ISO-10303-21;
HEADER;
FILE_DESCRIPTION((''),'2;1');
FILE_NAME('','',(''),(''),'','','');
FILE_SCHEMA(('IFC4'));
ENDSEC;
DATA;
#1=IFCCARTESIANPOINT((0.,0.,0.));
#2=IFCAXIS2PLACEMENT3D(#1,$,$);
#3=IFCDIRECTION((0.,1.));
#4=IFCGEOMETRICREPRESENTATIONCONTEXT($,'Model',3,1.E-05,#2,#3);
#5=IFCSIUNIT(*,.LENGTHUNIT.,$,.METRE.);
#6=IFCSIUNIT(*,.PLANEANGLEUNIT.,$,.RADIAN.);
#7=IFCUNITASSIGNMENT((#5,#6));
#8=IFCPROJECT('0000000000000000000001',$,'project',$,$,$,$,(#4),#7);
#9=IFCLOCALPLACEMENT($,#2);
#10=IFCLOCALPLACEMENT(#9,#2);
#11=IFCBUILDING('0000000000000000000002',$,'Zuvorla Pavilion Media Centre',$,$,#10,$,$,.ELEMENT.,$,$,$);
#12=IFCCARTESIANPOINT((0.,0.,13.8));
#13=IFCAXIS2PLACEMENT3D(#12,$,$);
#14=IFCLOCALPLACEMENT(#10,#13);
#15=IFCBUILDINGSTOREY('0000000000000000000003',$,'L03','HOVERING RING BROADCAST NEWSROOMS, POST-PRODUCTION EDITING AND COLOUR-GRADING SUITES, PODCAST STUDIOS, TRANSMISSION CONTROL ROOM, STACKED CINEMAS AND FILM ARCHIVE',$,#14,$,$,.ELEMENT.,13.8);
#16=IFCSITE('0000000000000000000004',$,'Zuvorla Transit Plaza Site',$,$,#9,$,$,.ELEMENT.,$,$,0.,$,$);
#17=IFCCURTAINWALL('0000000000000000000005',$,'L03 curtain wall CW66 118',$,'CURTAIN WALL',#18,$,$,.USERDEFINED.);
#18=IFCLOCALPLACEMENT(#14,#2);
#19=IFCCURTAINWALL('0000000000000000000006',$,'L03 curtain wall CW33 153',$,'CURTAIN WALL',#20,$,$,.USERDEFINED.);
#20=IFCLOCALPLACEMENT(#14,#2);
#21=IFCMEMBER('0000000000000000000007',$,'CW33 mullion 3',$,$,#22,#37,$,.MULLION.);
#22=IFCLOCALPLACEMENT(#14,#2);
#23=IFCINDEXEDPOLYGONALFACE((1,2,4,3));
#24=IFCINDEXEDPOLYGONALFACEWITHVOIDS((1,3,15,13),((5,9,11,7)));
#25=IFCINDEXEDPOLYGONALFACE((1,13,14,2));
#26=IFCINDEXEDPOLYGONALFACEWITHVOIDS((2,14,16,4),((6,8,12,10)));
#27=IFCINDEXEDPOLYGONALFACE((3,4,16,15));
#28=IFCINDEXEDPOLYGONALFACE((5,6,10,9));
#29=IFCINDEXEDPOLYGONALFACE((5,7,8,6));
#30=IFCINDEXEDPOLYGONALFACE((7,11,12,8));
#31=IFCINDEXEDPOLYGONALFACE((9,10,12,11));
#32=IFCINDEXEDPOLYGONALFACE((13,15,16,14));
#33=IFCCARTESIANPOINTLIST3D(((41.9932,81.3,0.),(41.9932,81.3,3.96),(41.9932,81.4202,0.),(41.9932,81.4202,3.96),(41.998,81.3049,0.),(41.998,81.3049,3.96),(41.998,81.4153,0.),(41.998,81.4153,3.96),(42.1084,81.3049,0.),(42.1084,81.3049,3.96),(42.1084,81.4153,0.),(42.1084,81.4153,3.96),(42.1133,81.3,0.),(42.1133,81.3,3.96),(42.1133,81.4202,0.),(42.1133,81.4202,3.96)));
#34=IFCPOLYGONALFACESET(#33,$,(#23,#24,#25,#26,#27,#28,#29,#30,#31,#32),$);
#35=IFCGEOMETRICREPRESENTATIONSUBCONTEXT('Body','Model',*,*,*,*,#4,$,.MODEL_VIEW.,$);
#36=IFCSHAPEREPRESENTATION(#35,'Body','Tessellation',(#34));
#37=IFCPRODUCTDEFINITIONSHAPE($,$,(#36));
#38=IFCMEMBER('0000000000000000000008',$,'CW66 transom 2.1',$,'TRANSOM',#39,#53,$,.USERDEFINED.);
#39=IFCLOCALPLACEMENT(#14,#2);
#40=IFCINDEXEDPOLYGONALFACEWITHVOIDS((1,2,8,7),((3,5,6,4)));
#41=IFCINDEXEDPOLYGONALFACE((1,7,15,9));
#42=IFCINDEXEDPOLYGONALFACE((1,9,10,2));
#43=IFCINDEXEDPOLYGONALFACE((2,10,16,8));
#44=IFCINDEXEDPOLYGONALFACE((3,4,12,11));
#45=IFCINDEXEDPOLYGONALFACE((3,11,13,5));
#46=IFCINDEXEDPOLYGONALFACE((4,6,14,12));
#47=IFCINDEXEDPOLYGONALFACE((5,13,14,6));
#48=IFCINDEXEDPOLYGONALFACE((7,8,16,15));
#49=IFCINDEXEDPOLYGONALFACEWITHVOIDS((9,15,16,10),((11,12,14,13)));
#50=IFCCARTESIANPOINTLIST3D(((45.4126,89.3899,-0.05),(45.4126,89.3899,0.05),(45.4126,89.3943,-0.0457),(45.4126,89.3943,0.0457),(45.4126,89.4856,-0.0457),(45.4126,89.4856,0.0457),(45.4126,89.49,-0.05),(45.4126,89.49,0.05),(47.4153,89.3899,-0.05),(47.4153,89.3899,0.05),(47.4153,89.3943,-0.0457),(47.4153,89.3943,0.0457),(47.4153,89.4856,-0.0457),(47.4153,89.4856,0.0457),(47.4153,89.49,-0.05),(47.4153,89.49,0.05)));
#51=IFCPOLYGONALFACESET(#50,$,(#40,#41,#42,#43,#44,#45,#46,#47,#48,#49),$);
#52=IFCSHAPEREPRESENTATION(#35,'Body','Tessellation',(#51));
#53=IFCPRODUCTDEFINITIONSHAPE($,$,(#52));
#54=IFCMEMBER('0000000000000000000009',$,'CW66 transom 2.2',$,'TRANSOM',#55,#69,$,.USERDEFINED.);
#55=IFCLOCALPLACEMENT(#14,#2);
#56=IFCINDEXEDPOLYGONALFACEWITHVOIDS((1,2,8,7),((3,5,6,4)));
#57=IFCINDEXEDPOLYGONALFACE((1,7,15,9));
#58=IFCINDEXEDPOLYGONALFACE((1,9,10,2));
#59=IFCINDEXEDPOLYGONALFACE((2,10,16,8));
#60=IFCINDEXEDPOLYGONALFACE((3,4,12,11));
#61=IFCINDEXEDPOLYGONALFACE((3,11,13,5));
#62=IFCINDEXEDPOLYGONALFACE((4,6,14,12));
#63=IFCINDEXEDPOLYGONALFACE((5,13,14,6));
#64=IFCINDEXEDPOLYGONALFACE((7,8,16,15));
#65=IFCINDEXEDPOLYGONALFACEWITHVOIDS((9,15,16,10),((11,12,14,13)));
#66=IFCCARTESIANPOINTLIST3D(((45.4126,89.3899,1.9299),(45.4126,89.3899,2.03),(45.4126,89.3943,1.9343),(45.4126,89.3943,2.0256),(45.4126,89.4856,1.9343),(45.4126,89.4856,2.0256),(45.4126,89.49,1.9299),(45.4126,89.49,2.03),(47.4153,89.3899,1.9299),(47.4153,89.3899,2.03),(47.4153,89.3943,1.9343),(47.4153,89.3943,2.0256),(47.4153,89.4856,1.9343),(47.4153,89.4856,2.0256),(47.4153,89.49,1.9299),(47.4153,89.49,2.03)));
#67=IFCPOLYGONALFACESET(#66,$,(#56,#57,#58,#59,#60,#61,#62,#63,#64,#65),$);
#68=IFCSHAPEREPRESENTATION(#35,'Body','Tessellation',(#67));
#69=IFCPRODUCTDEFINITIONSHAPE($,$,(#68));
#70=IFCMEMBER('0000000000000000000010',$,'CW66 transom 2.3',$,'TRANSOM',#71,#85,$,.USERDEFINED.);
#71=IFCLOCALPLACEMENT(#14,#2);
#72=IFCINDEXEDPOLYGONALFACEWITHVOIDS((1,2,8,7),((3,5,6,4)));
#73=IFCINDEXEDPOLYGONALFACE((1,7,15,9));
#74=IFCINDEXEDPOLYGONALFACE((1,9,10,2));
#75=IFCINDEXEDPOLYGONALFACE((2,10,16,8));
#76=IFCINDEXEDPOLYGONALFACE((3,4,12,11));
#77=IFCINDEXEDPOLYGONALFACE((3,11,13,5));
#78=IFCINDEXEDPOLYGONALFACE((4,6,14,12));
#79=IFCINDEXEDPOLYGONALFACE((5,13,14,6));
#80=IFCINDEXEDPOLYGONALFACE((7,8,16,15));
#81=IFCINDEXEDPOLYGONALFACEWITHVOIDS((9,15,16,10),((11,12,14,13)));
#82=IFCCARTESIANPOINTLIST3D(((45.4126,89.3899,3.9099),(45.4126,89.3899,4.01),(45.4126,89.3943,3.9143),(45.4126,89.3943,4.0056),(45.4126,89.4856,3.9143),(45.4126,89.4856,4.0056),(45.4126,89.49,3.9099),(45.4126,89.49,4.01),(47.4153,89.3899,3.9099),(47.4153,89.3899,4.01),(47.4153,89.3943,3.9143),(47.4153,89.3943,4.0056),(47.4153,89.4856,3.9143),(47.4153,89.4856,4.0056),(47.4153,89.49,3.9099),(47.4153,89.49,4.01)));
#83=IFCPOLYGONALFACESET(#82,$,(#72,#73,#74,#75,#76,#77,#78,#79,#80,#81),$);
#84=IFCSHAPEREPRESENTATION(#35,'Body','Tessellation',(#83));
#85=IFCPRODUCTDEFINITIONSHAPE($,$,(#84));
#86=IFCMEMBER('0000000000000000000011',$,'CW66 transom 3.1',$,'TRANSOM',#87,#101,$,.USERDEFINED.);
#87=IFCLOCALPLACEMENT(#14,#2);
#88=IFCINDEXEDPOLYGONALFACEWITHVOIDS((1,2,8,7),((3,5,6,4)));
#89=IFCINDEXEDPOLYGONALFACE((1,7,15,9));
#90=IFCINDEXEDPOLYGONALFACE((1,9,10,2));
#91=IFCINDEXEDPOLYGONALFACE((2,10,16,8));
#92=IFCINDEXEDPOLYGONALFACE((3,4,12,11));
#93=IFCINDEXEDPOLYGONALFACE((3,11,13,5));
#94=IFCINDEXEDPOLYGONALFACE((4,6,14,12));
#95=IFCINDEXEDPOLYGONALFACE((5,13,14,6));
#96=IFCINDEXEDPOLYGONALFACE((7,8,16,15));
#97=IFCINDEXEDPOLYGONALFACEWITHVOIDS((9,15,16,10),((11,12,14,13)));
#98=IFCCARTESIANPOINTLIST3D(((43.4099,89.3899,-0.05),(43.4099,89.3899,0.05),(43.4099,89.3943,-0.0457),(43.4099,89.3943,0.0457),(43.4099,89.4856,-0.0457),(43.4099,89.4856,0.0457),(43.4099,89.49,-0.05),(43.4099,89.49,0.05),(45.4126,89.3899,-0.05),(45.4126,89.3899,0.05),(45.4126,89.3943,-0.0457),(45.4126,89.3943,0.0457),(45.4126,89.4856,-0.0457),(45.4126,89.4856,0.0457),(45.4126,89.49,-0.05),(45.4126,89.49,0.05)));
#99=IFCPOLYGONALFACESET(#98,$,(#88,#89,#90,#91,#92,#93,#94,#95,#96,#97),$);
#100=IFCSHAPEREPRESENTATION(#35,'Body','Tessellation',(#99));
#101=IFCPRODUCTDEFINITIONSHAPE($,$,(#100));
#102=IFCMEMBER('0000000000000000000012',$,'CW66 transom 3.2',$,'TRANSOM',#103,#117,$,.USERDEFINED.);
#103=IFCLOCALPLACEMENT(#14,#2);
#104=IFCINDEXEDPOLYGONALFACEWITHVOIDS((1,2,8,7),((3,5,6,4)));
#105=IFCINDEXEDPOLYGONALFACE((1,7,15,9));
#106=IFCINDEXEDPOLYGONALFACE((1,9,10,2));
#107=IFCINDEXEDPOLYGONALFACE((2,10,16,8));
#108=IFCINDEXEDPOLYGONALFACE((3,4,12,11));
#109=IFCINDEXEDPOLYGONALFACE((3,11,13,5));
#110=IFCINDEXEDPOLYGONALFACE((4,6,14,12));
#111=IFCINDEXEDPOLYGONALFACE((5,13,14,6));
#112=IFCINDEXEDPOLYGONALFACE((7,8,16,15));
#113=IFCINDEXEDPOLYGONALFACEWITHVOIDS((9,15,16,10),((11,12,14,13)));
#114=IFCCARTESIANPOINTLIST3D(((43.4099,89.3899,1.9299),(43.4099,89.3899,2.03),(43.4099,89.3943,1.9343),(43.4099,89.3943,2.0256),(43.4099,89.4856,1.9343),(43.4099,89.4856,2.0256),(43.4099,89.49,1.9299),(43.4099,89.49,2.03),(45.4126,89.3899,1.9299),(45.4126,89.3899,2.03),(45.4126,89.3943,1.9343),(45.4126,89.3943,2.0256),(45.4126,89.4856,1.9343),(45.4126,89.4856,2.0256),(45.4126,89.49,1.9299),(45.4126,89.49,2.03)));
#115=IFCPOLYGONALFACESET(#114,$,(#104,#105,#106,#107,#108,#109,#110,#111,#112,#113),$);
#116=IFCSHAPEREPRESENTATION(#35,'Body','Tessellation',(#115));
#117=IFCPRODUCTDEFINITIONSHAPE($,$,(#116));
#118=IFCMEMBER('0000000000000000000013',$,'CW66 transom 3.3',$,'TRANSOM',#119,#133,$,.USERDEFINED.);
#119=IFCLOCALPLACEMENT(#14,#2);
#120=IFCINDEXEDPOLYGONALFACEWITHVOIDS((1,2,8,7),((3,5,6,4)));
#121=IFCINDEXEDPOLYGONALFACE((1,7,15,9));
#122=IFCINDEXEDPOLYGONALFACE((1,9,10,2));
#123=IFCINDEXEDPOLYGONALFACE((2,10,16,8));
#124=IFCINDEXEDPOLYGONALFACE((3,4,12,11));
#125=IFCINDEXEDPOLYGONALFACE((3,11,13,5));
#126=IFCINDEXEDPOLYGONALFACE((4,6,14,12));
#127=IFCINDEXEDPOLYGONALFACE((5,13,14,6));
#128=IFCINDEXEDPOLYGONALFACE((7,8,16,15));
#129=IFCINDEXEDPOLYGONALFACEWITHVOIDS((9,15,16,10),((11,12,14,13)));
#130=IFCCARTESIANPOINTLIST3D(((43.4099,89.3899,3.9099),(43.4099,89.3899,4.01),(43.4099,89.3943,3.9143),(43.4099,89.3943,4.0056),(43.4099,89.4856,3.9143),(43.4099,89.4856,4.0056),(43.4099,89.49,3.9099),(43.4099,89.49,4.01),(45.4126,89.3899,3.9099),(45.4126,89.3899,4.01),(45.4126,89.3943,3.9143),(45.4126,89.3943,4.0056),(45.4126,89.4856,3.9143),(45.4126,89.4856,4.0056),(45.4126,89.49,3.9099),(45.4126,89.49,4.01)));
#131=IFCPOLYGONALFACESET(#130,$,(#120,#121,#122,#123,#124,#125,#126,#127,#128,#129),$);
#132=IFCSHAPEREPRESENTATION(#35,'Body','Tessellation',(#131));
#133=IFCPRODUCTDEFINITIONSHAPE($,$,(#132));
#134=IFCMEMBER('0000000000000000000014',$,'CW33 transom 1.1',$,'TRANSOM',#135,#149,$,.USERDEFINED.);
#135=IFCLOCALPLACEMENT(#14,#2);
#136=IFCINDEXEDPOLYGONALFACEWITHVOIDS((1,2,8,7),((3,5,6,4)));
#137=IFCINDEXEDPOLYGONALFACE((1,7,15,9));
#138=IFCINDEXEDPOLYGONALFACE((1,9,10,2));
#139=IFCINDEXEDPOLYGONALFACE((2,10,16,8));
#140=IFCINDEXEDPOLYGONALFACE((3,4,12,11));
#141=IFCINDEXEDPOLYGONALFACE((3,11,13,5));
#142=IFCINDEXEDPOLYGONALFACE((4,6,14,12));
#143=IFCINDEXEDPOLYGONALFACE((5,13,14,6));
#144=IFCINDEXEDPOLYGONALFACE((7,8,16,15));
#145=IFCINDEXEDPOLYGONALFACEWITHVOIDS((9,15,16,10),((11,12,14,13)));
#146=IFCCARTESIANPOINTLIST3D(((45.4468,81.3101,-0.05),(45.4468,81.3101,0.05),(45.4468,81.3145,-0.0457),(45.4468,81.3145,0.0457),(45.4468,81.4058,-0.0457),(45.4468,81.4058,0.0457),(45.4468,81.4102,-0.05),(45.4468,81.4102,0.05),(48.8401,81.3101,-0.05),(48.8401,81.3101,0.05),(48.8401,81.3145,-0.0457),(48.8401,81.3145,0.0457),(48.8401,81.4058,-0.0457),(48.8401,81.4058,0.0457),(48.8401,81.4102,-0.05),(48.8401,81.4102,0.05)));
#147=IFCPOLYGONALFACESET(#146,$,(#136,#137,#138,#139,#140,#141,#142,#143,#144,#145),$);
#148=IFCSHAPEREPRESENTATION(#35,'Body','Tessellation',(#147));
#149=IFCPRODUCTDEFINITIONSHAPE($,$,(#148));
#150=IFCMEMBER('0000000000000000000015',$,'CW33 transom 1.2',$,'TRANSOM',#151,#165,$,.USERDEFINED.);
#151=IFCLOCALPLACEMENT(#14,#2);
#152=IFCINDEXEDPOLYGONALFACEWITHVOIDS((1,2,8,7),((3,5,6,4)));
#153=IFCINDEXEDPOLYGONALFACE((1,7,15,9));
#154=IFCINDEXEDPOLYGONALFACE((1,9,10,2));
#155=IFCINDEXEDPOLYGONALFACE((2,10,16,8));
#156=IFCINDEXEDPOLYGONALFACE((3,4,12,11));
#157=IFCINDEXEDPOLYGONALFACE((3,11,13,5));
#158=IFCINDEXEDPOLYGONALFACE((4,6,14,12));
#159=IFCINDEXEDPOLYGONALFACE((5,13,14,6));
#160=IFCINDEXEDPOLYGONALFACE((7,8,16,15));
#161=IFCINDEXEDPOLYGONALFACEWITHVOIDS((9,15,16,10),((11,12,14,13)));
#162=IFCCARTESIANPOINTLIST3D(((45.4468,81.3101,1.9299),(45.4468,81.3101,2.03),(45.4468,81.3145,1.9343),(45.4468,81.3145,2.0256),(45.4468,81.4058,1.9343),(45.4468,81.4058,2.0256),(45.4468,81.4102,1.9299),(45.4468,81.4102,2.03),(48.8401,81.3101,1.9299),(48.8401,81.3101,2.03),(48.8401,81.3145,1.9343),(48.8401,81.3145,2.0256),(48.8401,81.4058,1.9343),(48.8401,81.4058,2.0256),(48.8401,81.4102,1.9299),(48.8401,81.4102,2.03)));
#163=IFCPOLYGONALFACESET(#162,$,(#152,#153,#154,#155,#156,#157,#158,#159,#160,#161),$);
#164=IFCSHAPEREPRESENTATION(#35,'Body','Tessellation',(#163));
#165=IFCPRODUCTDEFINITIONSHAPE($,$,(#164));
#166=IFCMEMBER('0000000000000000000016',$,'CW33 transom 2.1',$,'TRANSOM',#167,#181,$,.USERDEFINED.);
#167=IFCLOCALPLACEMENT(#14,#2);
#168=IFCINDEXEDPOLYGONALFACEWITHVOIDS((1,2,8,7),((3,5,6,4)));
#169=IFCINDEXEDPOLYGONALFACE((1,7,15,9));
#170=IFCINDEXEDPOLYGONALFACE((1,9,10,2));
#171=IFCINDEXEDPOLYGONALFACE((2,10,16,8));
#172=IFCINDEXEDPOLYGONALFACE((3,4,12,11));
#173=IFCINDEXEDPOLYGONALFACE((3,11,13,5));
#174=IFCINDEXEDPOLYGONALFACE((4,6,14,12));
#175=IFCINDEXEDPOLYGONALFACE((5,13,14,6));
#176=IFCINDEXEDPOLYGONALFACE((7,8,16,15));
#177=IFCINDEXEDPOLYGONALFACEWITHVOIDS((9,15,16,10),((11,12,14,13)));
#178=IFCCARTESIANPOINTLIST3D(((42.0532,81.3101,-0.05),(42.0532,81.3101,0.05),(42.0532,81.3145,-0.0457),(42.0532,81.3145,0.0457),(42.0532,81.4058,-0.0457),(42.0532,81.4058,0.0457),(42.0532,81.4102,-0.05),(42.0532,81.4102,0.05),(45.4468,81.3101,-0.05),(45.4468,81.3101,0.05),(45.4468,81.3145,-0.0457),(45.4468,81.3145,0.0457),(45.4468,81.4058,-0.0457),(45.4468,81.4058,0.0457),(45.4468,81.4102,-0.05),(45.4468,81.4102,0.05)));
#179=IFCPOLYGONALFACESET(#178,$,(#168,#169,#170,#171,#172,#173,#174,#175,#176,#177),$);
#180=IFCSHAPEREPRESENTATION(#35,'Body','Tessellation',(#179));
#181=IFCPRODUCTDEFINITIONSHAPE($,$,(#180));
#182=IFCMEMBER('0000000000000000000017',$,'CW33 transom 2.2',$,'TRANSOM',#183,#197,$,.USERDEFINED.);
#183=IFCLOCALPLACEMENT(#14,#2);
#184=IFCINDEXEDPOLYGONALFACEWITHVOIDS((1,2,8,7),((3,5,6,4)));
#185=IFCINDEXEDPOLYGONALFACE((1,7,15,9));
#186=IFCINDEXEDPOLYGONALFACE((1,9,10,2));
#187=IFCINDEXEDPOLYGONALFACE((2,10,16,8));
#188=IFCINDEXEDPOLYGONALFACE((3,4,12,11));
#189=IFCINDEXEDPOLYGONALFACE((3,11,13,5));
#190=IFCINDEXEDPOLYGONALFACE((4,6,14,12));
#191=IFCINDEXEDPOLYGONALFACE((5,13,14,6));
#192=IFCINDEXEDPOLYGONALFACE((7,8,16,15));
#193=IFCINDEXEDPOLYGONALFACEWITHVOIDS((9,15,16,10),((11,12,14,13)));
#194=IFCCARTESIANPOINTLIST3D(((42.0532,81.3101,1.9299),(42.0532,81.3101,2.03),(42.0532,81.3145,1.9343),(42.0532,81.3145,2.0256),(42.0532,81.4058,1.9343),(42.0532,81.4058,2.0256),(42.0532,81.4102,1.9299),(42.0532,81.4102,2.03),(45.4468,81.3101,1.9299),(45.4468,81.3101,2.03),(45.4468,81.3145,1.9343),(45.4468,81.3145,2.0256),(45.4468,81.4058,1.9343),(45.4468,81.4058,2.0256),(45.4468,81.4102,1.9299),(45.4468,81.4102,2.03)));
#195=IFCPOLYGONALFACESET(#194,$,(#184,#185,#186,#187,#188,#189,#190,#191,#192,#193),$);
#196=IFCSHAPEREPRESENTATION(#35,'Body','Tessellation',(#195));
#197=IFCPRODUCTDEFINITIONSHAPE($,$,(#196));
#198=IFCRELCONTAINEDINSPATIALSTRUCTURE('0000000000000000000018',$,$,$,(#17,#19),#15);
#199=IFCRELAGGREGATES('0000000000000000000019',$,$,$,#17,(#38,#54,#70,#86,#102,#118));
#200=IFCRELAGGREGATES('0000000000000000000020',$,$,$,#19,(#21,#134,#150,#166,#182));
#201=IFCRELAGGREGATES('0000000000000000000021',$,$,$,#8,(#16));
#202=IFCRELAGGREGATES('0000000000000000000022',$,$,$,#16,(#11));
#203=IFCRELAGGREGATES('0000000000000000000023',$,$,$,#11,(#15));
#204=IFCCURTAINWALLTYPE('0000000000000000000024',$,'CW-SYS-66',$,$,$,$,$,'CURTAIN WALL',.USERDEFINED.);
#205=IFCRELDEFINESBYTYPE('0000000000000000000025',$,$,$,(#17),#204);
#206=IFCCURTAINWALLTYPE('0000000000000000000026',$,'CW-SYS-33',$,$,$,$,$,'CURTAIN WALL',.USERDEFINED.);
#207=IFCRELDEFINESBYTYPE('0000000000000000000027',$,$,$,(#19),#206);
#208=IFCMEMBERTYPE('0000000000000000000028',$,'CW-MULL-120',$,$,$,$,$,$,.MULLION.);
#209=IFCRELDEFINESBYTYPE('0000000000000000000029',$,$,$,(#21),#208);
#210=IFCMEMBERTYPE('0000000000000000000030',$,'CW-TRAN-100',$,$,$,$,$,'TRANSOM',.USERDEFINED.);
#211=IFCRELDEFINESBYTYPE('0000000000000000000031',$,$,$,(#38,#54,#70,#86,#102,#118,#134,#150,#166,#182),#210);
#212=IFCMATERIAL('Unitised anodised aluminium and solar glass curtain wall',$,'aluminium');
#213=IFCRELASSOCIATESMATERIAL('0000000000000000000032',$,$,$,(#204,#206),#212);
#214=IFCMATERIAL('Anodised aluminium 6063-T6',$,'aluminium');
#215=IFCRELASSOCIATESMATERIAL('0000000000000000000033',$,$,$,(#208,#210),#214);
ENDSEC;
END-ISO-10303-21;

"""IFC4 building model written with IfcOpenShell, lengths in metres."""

from ifc_helpers import new_model, si_unit, direction, frame, origin, origin_2d, place, context, subcontext, project, spatial, hollow_rectangle, extrude, material, material_profile, profile_set, type_object, element, aggregate, save


model = new_model("IFC4")

# Units and contexts
model_context = context("Model", 3, precision=1e-05, world=origin(), true_north=direction((0.0, 1.0)))
body_context = subcontext(model_context, "Body", "Model", "MODEL_VIEW")
ifc_project = project(units=[si_unit("LENGTHUNIT", "METRE"), si_unit("PLANEANGLEUNIT", "RADIAN")], contexts=[model_context])

# Site, building, storey
site_placement = place(None, origin())
site = spatial("IfcSite", under=ifc_project, at=site_placement, Name="Zuvorla Transit Plaza Site", CompositionType="ELEMENT", RefElevation=0.0)
building_placement = place(site_placement, origin())
building = spatial("IfcBuilding", under=site, at=building_placement, Name="Zuvorla Pavilion Media Centre", CompositionType="ELEMENT")
storey_placement = place(building_placement, frame((0.0, 0.0, 13.8)))
storey = spatial("IfcBuildingStorey", under=building, at=storey_placement, Name="L03", Description="HOVERING RING BROADCAST NEWSROOMS, POST-PRODUCTION EDITING AND COLOUR-GRADING SUITES, PODCAST STUDIOS, TRANSMISSION CONTROL ROOM, STACKED CINEMAS AND FILM ARCHIVE", CompositionType="ELEMENT", Elevation=13.8)

# Curtain walls, member
ifc_material_1 = material(Name="Unitised anodised aluminium and solar glass curtain wall", Category="aluminium")
curtain_wall_type_1 = type_object("IfcCurtainWallType", Name="CW-SYS-66", ElementType="CURTAIN WALL", PredefinedType="USERDEFINED", material=ifc_material_1)
curtain_wall_1_placement = place(storey_placement, origin())
curtain_wall_1 = element("IfcCurtainWall", 1, at=curtain_wall_1_placement, inside=storey, type_object=curtain_wall_type_1, Name="L03 curtain wall CW66 118", ObjectType="CURTAIN WALL", PredefinedType="USERDEFINED")
ifc_material_2 = material(Name="Anodised aluminium 6063-T6", Category="aluminium")
ifc_material_profile_1 = material_profile(ifc_material_2, hollow_rectangle(XDim=0.1201, YDim=0.1201, WallThickness=0.0049, at=origin_2d()), Name="ALU MULL 120x120")
ifc_profile_set_1 = profile_set([ifc_material_profile_1], Name="Anodised aluminium 6063-T6")
member_type_1 = type_object("IfcMemberType", Name="CW-MULL-120", PredefinedType="MULLION", material=ifc_profile_set_1)
curtain_wall_type_2 = type_object("IfcCurtainWallType", Name="CW-SYS-33", ElementType="CURTAIN WALL", PredefinedType="USERDEFINED", material=ifc_material_1)
curtain_wall_2_placement = place(storey_placement, origin())
curtain_wall_2 = element("IfcCurtainWall", 2, at=curtain_wall_2_placement, inside=storey, type_object=curtain_wall_type_2, Name="L03 curtain wall CW33 153", ObjectType="CURTAIN WALL", PredefinedType="USERDEFINED")
member_1_placement = place(storey_placement, frame((42.0532, 81.3601, 0.0), z_axis=(0.0, 0.0, 1.0), x_axis=(1.0, 0.0, 0.0)))
member_1 = element("IfcMember", 3, at=member_1_placement, type_object=member_type_1, Name="CW33 mullion 3", PredefinedType="MULLION", context=body_context, shape_type="SweptSolid", body=[
    extrude(hollow_rectangle(XDim=0.1201, YDim=0.1201, WallThickness=0.0049, at=origin_2d()), origin(), (0.0, 0.0, 1.0), 3.96),
])

# Members
ifc_material_profile_2 = material_profile(ifc_material_2, hollow_rectangle(XDim=0.1001, YDim=0.1001, WallThickness=0.0044, at=origin_2d()), Name="ALU TRAN 100x100")
ifc_profile_set_2 = profile_set([ifc_material_profile_2], Name="Anodised aluminium 6063-T6")
member_type_2 = type_object("IfcMemberType", Name="CW-TRAN-100", ElementType="TRANSOM", PredefinedType="USERDEFINED", material=ifc_profile_set_2)
member_2_placement = place(storey_placement, frame((47.4153, 89.4399, 0.0), z_axis=(-1.0, 0.0, 0.0), x_axis=(0.0, -1.0, 0.0)))
member_2 = element("IfcMember", 4, at=member_2_placement, type_object=member_type_2, Name="CW66 transom 2.1", ObjectType="TRANSOM", PredefinedType="USERDEFINED", context=body_context, shape_type="SweptSolid", body=[
    extrude(hollow_rectangle(XDim=0.1001, YDim=0.1001, WallThickness=0.0044, at=origin_2d()), origin(), (0.0, 0.0, 1.0), 2.0027),
])
member_3_placement = place(storey_placement, frame((47.4153, 89.4399, 1.98), z_axis=(-1.0, 0.0, 0.0), x_axis=(0.0, -1.0, 0.0)))
member_3 = element("IfcMember", 5, at=member_3_placement, type_object=member_type_2, Name="CW66 transom 2.2", ObjectType="TRANSOM", PredefinedType="USERDEFINED", context=body_context, shape_type="SweptSolid", body=[
    extrude(hollow_rectangle(XDim=0.1001, YDim=0.1001, WallThickness=0.0044, at=origin_2d()), origin(), (0.0, 0.0, 1.0), 2.0027),
])
member_4_placement = place(storey_placement, frame((47.4153, 89.4399, 3.96), z_axis=(-1.0, 0.0, 0.0), x_axis=(0.0, -1.0, 0.0)))
member_4 = element("IfcMember", 6, at=member_4_placement, type_object=member_type_2, Name="CW66 transom 2.3", ObjectType="TRANSOM", PredefinedType="USERDEFINED", context=body_context, shape_type="SweptSolid", body=[
    extrude(hollow_rectangle(XDim=0.1001, YDim=0.1001, WallThickness=0.0044, at=origin_2d()), origin(), (0.0, 0.0, 1.0), 2.0027),
])
member_5_placement = place(storey_placement, frame((45.4126, 89.4399, 0.0), z_axis=(-1.0, 0.0, 0.0), x_axis=(0.0, -1.0, 0.0)))
member_5 = element("IfcMember", 7, at=member_5_placement, type_object=member_type_2, Name="CW66 transom 3.1", ObjectType="TRANSOM", PredefinedType="USERDEFINED", context=body_context, shape_type="SweptSolid", body=[
    extrude(hollow_rectangle(XDim=0.1001, YDim=0.1001, WallThickness=0.0044, at=origin_2d()), origin(), (0.0, 0.0, 1.0), 2.0027),
])
member_6_placement = place(storey_placement, frame((45.4126, 89.4399, 1.98), z_axis=(-1.0, 0.0, 0.0), x_axis=(0.0, -1.0, 0.0)))
member_6 = element("IfcMember", 8, at=member_6_placement, type_object=member_type_2, Name="CW66 transom 3.2", ObjectType="TRANSOM", PredefinedType="USERDEFINED", context=body_context, shape_type="SweptSolid", body=[
    extrude(hollow_rectangle(XDim=0.1001, YDim=0.1001, WallThickness=0.0044, at=origin_2d()), origin(), (0.0, 0.0, 1.0), 2.0027),
])
member_7_placement = place(storey_placement, frame((45.4126, 89.4399, 3.96), z_axis=(-1.0, 0.0, 0.0), x_axis=(0.0, -1.0, 0.0)))
member_7 = element("IfcMember", 9, at=member_7_placement, type_object=member_type_2, Name="CW66 transom 3.3", ObjectType="TRANSOM", PredefinedType="USERDEFINED", context=body_context, shape_type="SweptSolid", body=[
    extrude(hollow_rectangle(XDim=0.1001, YDim=0.1001, WallThickness=0.0044, at=origin_2d()), origin(), (0.0, 0.0, 1.0), 2.0027),
])
member_8_placement = place(storey_placement, frame((48.8401, 81.3601, 0.0), z_axis=(-1.0, 0.0, 0.0), x_axis=(0.0, -1.0, 0.0)))
member_8 = element("IfcMember", 10, at=member_8_placement, type_object=member_type_2, Name="CW33 transom 1.1", ObjectType="TRANSOM", PredefinedType="USERDEFINED", context=body_context, shape_type="SweptSolid", body=[
    extrude(hollow_rectangle(XDim=0.1001, YDim=0.1001, WallThickness=0.0044, at=origin_2d()), origin(), (0.0, 0.0, 1.0), 3.3933),
])
member_9_placement = place(storey_placement, frame((48.8401, 81.3601, 1.98), z_axis=(-1.0, 0.0, 0.0), x_axis=(0.0, -1.0, 0.0)))
member_9 = element("IfcMember", 11, at=member_9_placement, type_object=member_type_2, Name="CW33 transom 1.2", ObjectType="TRANSOM", PredefinedType="USERDEFINED", context=body_context, shape_type="SweptSolid", body=[
    extrude(hollow_rectangle(XDim=0.1001, YDim=0.1001, WallThickness=0.0044, at=origin_2d()), origin(), (0.0, 0.0, 1.0), 3.3933),
])
member_10_placement = place(storey_placement, frame((45.4468, 81.3601, 0.0), z_axis=(-1.0, 0.0, 0.0), x_axis=(0.0, -1.0, 0.0)))
member_10 = element("IfcMember", 12, at=member_10_placement, type_object=member_type_2, Name="CW33 transom 2.1", ObjectType="TRANSOM", PredefinedType="USERDEFINED", context=body_context, shape_type="SweptSolid", body=[
    extrude(hollow_rectangle(XDim=0.1001, YDim=0.1001, WallThickness=0.0044, at=origin_2d()), origin(), (0.0, 0.0, 1.0), 3.3936),
])
member_11_placement = place(storey_placement, frame((45.4468, 81.3601, 1.98), z_axis=(-1.0, 0.0, 0.0), x_axis=(0.0, -1.0, 0.0)))
member_11 = element("IfcMember", 13, at=member_11_placement, type_object=member_type_2, Name="CW33 transom 2.2", ObjectType="TRANSOM", PredefinedType="USERDEFINED", context=body_context, shape_type="SweptSolid", body=[
    extrude(hollow_rectangle(XDim=0.1001, YDim=0.1001, WallThickness=0.0044, at=origin_2d()), origin(), (0.0, 0.0, 1.0), 3.3936),
])

aggregate(curtain_wall_1, [member_2, member_3, member_4, member_5, member_6, member_7])
aggregate(curtain_wall_2, [member_1, member_8, member_9, member_10, member_11])

save(model, "model.ifc")
